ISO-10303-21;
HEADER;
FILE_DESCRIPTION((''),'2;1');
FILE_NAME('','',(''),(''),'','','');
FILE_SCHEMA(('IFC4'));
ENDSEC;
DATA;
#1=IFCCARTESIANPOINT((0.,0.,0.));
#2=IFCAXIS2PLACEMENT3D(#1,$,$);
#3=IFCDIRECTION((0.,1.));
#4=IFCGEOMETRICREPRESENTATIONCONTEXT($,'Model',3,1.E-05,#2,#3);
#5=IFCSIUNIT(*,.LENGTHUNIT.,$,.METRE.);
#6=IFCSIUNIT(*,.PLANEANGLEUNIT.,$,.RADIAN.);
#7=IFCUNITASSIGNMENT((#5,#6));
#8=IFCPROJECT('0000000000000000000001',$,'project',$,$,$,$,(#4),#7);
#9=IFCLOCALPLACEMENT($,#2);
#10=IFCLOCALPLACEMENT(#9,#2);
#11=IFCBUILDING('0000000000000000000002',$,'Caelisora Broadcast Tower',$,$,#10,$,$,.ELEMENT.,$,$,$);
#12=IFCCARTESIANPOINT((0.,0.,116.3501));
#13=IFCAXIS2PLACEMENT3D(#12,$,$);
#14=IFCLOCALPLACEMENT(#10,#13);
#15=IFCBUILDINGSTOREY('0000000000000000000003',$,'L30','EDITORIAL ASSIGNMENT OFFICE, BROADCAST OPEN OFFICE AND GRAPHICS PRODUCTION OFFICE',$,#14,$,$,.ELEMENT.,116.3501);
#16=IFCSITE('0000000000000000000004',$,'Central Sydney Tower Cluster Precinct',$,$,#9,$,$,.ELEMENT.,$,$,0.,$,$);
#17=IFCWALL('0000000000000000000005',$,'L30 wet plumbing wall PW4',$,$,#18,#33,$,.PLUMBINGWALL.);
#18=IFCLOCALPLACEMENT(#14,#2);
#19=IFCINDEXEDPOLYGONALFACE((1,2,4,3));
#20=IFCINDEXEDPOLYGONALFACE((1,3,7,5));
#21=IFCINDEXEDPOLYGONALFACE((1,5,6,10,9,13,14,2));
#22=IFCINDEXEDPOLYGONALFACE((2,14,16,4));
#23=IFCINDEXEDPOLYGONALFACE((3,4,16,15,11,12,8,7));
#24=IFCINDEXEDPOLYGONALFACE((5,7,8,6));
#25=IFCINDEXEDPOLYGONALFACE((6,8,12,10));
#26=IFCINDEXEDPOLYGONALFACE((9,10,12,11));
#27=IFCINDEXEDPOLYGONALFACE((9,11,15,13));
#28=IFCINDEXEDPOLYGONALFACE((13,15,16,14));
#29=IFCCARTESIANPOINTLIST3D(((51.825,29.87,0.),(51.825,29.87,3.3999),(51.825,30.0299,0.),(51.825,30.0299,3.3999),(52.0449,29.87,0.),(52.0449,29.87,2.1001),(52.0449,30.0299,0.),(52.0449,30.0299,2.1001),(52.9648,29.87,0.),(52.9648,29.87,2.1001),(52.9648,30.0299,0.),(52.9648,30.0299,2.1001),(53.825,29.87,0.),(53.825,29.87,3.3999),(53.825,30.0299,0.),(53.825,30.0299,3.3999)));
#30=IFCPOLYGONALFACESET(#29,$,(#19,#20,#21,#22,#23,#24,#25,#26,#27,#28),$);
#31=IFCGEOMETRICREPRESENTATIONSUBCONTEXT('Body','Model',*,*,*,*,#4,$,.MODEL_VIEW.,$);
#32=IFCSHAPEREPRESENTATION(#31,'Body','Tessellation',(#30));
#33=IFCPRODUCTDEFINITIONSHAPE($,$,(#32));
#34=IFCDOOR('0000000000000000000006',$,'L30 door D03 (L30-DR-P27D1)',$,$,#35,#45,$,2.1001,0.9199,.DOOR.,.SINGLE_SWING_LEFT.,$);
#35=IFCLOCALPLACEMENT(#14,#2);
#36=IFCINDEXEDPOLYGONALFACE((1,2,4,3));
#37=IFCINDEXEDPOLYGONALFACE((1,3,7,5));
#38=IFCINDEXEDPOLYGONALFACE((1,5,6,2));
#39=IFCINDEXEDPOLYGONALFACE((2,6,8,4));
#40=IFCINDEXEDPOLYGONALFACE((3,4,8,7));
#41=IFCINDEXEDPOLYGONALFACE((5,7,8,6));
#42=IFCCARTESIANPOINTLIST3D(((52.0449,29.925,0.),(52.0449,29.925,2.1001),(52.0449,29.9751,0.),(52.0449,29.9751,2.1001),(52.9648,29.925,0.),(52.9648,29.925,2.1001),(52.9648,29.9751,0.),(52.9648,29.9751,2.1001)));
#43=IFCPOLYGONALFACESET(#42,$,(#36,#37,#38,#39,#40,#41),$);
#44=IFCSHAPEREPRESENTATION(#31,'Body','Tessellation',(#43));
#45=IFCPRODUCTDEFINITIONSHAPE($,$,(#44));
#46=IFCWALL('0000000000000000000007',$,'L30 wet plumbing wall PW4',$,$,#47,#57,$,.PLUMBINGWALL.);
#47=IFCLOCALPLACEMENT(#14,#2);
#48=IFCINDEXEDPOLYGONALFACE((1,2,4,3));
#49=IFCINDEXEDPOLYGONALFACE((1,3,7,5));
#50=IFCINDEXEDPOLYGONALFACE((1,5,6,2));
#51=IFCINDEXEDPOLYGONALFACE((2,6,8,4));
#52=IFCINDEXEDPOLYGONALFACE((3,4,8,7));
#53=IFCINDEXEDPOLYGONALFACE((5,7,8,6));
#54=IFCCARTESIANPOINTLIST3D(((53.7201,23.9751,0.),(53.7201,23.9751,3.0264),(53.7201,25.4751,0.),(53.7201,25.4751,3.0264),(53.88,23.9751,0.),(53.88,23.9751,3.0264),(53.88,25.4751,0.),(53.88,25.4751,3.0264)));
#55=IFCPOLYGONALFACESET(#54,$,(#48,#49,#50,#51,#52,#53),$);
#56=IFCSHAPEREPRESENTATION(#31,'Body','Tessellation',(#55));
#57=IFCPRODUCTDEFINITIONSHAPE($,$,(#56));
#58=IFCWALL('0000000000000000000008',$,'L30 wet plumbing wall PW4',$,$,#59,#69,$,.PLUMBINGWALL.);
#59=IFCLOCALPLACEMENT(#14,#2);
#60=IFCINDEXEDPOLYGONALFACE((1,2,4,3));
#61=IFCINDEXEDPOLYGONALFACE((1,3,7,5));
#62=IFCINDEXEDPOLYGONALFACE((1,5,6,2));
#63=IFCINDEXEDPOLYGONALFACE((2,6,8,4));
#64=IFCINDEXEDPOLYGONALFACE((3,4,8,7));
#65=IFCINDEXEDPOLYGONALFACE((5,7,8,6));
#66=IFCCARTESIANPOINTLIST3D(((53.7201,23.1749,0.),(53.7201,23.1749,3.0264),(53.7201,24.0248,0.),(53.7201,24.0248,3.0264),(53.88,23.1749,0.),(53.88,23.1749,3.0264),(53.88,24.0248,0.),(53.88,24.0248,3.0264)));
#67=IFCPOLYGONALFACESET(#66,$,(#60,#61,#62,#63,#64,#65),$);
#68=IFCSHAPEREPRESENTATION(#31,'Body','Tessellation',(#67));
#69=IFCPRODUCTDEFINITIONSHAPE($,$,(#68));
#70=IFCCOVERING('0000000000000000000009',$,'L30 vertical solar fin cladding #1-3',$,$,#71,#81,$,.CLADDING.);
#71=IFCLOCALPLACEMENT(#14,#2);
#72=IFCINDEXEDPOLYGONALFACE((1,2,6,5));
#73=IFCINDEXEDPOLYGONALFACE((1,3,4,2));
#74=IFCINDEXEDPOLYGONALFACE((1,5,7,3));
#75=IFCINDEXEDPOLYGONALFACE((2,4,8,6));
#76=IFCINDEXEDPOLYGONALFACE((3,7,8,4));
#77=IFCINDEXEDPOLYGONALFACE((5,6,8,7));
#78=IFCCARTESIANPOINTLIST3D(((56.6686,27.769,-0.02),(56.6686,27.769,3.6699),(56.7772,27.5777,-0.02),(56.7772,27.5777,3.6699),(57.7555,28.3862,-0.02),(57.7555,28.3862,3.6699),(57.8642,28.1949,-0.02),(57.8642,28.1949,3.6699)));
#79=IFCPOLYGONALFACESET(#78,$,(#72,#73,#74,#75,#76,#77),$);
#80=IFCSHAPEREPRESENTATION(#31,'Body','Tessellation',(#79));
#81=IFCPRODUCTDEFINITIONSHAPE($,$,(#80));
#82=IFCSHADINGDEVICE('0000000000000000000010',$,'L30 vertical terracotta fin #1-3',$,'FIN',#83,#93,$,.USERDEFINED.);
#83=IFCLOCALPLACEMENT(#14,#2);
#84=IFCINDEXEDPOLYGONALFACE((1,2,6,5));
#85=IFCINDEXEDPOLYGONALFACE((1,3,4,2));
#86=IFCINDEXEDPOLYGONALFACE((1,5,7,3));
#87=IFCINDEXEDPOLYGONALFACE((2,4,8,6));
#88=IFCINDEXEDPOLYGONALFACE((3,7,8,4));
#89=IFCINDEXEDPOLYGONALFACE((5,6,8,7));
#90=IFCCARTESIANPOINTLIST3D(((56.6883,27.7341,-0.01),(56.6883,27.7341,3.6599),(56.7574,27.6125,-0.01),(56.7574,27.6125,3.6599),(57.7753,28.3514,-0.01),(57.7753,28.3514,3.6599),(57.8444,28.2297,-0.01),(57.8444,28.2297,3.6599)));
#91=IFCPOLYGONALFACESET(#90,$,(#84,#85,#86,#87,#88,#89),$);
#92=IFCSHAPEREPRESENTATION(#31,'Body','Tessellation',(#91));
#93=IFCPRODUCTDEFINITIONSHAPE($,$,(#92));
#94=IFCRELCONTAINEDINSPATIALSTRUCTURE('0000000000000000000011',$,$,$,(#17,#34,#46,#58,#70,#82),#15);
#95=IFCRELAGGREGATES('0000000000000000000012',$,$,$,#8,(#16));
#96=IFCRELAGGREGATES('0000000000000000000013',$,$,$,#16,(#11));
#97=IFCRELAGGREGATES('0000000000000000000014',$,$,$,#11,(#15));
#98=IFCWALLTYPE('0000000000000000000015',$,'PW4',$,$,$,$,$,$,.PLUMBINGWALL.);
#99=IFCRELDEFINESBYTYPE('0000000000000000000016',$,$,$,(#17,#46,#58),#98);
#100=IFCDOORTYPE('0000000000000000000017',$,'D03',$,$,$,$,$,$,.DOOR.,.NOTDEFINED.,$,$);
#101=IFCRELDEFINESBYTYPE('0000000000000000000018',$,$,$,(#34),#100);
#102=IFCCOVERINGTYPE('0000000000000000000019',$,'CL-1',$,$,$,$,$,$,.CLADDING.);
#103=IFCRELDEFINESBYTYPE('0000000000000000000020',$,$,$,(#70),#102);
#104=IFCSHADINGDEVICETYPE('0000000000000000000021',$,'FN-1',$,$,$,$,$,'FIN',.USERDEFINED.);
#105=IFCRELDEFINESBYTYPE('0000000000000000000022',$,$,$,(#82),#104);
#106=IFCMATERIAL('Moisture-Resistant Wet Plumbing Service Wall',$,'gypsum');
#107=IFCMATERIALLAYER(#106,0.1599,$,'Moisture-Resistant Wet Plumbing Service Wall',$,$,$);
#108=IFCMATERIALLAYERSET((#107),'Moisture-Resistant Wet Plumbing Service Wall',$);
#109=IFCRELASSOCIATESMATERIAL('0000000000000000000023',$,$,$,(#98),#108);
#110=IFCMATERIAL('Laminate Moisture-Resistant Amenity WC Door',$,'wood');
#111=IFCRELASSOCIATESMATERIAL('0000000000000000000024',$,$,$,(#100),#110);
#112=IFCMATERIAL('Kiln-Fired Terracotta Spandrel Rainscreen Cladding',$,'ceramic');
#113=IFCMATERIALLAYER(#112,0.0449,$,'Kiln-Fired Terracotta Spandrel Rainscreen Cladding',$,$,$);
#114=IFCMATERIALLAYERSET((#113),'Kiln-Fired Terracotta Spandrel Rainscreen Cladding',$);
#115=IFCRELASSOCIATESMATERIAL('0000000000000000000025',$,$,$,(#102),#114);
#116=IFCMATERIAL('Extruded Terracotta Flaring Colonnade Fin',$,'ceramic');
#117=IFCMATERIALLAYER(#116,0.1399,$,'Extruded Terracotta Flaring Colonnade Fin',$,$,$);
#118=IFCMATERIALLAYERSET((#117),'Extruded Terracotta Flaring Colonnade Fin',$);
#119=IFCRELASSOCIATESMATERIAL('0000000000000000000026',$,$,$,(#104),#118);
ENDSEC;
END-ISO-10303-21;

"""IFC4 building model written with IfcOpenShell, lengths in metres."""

from ifc_helpers import new_model, si_unit, direction, frame, frame_2d, origin, origin_2d, place, context, subcontext, project, spatial, rectangle, extrude, source, transform, mapped, material, layer, layer_set, type_object, type_shapes, element, fill, save


model = new_model("IFC4")

# Units and contexts
model_context = context("Model", 3, precision=1e-05, world=origin(), true_north=direction((0.0, 1.0)))
body_context = subcontext(model_context, "Body", "Model", "MODEL_VIEW")
ifc_project = project(units=[si_unit("LENGTHUNIT", "METRE"), si_unit("PLANEANGLEUNIT", "RADIAN")], contexts=[model_context])

# Site, building, storey
site_placement = place(None, origin())
site = spatial("IfcSite", under=ifc_project, at=site_placement, Name="Central Sydney Tower Cluster Precinct", CompositionType="ELEMENT", RefElevation=0.0)
building_placement = place(site_placement, origin())
building = spatial("IfcBuilding", under=site, at=building_placement, Name="Caelisora Broadcast Tower", CompositionType="ELEMENT")
storey_placement = place(building_placement, frame((0.0, 0.0, 116.3501)))
storey = spatial("IfcBuildingStorey", under=building, at=storey_placement, Name="L30", Description="EDITORIAL ASSIGNMENT OFFICE, BROADCAST OPEN OFFICE AND GRAPHICS PRODUCTION OFFICE", CompositionType="ELEMENT", Elevation=116.3501)

# Shared definitions
ifc_material_1 = material(Name="Moisture-Resistant Wet Plumbing Service Wall", Category="gypsum")
ifc_layer_1 = layer(ifc_material_1, 0.1599, Name="Moisture-Resistant Wet Plumbing Service Wall")
ifc_layer_set_1 = layer_set([ifc_layer_1], Name="Moisture-Resistant Wet Plumbing Service Wall")
wall_type_1 = type_object("IfcWallType", Name="PW4", PredefinedType="PLUMBINGWALL", material=ifc_layer_set_1)
ifc_material_2 = material(Name="Laminate Moisture-Resistant Amenity WC Door", Category="wood")
door_type = type_object("IfcDoorType", Name="D03", OperationType="NOTDEFINED", PredefinedType="DOOR", material=ifc_material_2)

# Wall, opening, door
wall_1_placement = place(storey_placement, frame((53.825, 29.95, 0.0), z_axis=(0.0, 0.0, 1.0), x_axis=(-1.0, 0.0, 0.0)))
wall_1 = element("IfcWall", 1, at=wall_1_placement, inside=storey, type_object=wall_type_1, Name="L30 wet plumbing wall PW4", PredefinedType="PLUMBINGWALL", context=body_context, shape_type="SweptSolid", body=[
    extrude(rectangle(XDim=2.0, YDim=0.1599, at=frame_2d((1.0, 0.0))), origin(), (0.0, 0.0, 1.0), 3.3999),
])
opening_1_placement = place(wall_1_placement, frame((0.8601, 0.0, 0.0)))
opening_1 = element("IfcOpeningElement", 2, at=opening_1_placement, cuts=wall_1, PredefinedType="OPENING", context=body_context, shape_type="SweptSolid", body=[
    extrude(rectangle(XDim=0.9199, YDim=2.1001, at=frame_2d((0.46, 1.05))), frame((0.0, 0.092, 0.0), z_axis=(0.0, -1.0, 0.0), x_axis=(1.0, 0.0, 0.0)), (0.0, 0.0, 1.0), 0.1838),
])
door_1_placement = place(opening_1_placement, origin())
door_1 = element("IfcDoor", 3, at=door_1_placement, inside=storey, type_object=door_type, Name="L30 door D03 (L30-DR-P27D1)", OperationType="SINGLE_SWING_LEFT", OverallHeight=2.1001, OverallWidth=0.9199, PredefinedType="DOOR", context=body_context, shape_type="SweptSolid", body=[
    extrude(rectangle(XDim=0.9199, YDim=2.1001, at=frame_2d((0.46, 1.05))), frame((0.0, 0.0249, 0.0), z_axis=(0.0, -1.0, 0.0), x_axis=(1.0, 0.0, 0.0)), (0.0, 0.0, 1.0), 0.05),
])
fill(opening_1, door_1)

# Walls
wall_2_placement = place(storey_placement, frame((53.8, 23.9751, 0.0), z_axis=(0.0, 0.0, 1.0), x_axis=(0.0, 1.0, 0.0)))
element("IfcWall", 4, at=wall_2_placement, inside=storey, type_object=wall_type_1, Name="L30 wet plumbing wall PW4", PredefinedType="PLUMBINGWALL", context=body_context, shape_type="SweptSolid", body=[
    extrude(rectangle(XDim=1.5, YDim=0.1599, at=frame_2d((0.75, 0.0))), origin(), (0.0, 0.0, 1.0), 3.0264),
])
wall_3_placement = place(storey_placement, frame((53.8, 23.175, 0.0), z_axis=(0.0, 0.0, 1.0), x_axis=(0.0, 1.0, 0.0)))
element("IfcWall", 5, at=wall_3_placement, inside=storey, type_object=wall_type_1, Name="L30 wet plumbing wall PW4", PredefinedType="PLUMBINGWALL", context=body_context, shape_type="SweptSolid", body=[
    extrude(rectangle(XDim=0.8499, YDim=0.1599, at=frame_2d((0.4248, 0.0))), origin(), (0.0, 0.0, 1.0), 3.0264),
])

# Covering
ifc_material_3 = material(Name="Kiln-Fired Terracotta Spandrel Rainscreen Cladding", Category="ceramic")
ifc_layer_2 = layer(ifc_material_3, 0.0449, Name="Kiln-Fired Terracotta Spandrel Rainscreen Cladding")
ifc_layer_set_2 = layer_set([ifc_layer_2], Name="Kiln-Fired Terracotta Spandrel Rainscreen Cladding")
covering_type = type_object("IfcCoveringType", Name="CL-1", PredefinedType="CLADDING", material=ifc_layer_set_2)
shared_shape_1 = source(origin(), body_context, "Body", "SweptSolid", [
    extrude(rectangle(XDim=0.22, YDim=1.25, at=origin_2d()), origin(), (0.0, 0.0, 1.0), 3.6899),
])
type_shapes(covering_type, [shared_shape_1])
covering_placement = place(storey_placement, frame((57.2664, 27.9819, -0.02), z_axis=(0.0, 0.0, 1.0), x_axis=(0.49379, -0.869581, 0.0)))
element("IfcCovering", 6, at=covering_placement, inside=storey, type_object=covering_type, Name="L30 vertical solar fin cladding #1-3", PredefinedType="CLADDING", context=body_context, shape_type="MappedRepresentation", body=[
    mapped(shared_shape_1, transform((0.0, 0.0, 0.0), scale=1.0)),
])

# Shading device
ifc_material_4 = material(Name="Extruded Terracotta Flaring Colonnade Fin", Category="ceramic")
ifc_layer_3 = layer(ifc_material_4, 0.1399, Name="Extruded Terracotta Flaring Colonnade Fin")
ifc_layer_set_3 = layer_set([ifc_layer_3], Name="Extruded Terracotta Flaring Colonnade Fin")
shading_device_type = type_object("IfcShadingDeviceType", Name="FN-1", ElementType="FIN", PredefinedType="USERDEFINED", material=ifc_layer_set_3)
shared_shape_2 = source(origin(), body_context, "Body", "SweptSolid", [
    extrude(rectangle(XDim=0.1399, YDim=1.25, at=origin_2d()), origin(), (0.0, 0.0, 1.0), 3.6699),
])
type_shapes(shading_device_type, [shared_shape_2])
shading_device_placement = place(storey_placement, frame((57.2664, 27.9819, -0.01), z_axis=(0.0, 0.0, 1.0), x_axis=(0.49379, -0.869581, 0.0)))
element("IfcShadingDevice", 7, at=shading_device_placement, inside=storey, type_object=shading_device_type, Name="L30 vertical terracotta fin #1-3", ObjectType="FIN", PredefinedType="USERDEFINED", context=body_context, shape_type="MappedRepresentation", body=[
    mapped(shared_shape_2, transform((0.0, 0.0, 0.0), scale=1.0)),
])

save(model, "model.ifc")
